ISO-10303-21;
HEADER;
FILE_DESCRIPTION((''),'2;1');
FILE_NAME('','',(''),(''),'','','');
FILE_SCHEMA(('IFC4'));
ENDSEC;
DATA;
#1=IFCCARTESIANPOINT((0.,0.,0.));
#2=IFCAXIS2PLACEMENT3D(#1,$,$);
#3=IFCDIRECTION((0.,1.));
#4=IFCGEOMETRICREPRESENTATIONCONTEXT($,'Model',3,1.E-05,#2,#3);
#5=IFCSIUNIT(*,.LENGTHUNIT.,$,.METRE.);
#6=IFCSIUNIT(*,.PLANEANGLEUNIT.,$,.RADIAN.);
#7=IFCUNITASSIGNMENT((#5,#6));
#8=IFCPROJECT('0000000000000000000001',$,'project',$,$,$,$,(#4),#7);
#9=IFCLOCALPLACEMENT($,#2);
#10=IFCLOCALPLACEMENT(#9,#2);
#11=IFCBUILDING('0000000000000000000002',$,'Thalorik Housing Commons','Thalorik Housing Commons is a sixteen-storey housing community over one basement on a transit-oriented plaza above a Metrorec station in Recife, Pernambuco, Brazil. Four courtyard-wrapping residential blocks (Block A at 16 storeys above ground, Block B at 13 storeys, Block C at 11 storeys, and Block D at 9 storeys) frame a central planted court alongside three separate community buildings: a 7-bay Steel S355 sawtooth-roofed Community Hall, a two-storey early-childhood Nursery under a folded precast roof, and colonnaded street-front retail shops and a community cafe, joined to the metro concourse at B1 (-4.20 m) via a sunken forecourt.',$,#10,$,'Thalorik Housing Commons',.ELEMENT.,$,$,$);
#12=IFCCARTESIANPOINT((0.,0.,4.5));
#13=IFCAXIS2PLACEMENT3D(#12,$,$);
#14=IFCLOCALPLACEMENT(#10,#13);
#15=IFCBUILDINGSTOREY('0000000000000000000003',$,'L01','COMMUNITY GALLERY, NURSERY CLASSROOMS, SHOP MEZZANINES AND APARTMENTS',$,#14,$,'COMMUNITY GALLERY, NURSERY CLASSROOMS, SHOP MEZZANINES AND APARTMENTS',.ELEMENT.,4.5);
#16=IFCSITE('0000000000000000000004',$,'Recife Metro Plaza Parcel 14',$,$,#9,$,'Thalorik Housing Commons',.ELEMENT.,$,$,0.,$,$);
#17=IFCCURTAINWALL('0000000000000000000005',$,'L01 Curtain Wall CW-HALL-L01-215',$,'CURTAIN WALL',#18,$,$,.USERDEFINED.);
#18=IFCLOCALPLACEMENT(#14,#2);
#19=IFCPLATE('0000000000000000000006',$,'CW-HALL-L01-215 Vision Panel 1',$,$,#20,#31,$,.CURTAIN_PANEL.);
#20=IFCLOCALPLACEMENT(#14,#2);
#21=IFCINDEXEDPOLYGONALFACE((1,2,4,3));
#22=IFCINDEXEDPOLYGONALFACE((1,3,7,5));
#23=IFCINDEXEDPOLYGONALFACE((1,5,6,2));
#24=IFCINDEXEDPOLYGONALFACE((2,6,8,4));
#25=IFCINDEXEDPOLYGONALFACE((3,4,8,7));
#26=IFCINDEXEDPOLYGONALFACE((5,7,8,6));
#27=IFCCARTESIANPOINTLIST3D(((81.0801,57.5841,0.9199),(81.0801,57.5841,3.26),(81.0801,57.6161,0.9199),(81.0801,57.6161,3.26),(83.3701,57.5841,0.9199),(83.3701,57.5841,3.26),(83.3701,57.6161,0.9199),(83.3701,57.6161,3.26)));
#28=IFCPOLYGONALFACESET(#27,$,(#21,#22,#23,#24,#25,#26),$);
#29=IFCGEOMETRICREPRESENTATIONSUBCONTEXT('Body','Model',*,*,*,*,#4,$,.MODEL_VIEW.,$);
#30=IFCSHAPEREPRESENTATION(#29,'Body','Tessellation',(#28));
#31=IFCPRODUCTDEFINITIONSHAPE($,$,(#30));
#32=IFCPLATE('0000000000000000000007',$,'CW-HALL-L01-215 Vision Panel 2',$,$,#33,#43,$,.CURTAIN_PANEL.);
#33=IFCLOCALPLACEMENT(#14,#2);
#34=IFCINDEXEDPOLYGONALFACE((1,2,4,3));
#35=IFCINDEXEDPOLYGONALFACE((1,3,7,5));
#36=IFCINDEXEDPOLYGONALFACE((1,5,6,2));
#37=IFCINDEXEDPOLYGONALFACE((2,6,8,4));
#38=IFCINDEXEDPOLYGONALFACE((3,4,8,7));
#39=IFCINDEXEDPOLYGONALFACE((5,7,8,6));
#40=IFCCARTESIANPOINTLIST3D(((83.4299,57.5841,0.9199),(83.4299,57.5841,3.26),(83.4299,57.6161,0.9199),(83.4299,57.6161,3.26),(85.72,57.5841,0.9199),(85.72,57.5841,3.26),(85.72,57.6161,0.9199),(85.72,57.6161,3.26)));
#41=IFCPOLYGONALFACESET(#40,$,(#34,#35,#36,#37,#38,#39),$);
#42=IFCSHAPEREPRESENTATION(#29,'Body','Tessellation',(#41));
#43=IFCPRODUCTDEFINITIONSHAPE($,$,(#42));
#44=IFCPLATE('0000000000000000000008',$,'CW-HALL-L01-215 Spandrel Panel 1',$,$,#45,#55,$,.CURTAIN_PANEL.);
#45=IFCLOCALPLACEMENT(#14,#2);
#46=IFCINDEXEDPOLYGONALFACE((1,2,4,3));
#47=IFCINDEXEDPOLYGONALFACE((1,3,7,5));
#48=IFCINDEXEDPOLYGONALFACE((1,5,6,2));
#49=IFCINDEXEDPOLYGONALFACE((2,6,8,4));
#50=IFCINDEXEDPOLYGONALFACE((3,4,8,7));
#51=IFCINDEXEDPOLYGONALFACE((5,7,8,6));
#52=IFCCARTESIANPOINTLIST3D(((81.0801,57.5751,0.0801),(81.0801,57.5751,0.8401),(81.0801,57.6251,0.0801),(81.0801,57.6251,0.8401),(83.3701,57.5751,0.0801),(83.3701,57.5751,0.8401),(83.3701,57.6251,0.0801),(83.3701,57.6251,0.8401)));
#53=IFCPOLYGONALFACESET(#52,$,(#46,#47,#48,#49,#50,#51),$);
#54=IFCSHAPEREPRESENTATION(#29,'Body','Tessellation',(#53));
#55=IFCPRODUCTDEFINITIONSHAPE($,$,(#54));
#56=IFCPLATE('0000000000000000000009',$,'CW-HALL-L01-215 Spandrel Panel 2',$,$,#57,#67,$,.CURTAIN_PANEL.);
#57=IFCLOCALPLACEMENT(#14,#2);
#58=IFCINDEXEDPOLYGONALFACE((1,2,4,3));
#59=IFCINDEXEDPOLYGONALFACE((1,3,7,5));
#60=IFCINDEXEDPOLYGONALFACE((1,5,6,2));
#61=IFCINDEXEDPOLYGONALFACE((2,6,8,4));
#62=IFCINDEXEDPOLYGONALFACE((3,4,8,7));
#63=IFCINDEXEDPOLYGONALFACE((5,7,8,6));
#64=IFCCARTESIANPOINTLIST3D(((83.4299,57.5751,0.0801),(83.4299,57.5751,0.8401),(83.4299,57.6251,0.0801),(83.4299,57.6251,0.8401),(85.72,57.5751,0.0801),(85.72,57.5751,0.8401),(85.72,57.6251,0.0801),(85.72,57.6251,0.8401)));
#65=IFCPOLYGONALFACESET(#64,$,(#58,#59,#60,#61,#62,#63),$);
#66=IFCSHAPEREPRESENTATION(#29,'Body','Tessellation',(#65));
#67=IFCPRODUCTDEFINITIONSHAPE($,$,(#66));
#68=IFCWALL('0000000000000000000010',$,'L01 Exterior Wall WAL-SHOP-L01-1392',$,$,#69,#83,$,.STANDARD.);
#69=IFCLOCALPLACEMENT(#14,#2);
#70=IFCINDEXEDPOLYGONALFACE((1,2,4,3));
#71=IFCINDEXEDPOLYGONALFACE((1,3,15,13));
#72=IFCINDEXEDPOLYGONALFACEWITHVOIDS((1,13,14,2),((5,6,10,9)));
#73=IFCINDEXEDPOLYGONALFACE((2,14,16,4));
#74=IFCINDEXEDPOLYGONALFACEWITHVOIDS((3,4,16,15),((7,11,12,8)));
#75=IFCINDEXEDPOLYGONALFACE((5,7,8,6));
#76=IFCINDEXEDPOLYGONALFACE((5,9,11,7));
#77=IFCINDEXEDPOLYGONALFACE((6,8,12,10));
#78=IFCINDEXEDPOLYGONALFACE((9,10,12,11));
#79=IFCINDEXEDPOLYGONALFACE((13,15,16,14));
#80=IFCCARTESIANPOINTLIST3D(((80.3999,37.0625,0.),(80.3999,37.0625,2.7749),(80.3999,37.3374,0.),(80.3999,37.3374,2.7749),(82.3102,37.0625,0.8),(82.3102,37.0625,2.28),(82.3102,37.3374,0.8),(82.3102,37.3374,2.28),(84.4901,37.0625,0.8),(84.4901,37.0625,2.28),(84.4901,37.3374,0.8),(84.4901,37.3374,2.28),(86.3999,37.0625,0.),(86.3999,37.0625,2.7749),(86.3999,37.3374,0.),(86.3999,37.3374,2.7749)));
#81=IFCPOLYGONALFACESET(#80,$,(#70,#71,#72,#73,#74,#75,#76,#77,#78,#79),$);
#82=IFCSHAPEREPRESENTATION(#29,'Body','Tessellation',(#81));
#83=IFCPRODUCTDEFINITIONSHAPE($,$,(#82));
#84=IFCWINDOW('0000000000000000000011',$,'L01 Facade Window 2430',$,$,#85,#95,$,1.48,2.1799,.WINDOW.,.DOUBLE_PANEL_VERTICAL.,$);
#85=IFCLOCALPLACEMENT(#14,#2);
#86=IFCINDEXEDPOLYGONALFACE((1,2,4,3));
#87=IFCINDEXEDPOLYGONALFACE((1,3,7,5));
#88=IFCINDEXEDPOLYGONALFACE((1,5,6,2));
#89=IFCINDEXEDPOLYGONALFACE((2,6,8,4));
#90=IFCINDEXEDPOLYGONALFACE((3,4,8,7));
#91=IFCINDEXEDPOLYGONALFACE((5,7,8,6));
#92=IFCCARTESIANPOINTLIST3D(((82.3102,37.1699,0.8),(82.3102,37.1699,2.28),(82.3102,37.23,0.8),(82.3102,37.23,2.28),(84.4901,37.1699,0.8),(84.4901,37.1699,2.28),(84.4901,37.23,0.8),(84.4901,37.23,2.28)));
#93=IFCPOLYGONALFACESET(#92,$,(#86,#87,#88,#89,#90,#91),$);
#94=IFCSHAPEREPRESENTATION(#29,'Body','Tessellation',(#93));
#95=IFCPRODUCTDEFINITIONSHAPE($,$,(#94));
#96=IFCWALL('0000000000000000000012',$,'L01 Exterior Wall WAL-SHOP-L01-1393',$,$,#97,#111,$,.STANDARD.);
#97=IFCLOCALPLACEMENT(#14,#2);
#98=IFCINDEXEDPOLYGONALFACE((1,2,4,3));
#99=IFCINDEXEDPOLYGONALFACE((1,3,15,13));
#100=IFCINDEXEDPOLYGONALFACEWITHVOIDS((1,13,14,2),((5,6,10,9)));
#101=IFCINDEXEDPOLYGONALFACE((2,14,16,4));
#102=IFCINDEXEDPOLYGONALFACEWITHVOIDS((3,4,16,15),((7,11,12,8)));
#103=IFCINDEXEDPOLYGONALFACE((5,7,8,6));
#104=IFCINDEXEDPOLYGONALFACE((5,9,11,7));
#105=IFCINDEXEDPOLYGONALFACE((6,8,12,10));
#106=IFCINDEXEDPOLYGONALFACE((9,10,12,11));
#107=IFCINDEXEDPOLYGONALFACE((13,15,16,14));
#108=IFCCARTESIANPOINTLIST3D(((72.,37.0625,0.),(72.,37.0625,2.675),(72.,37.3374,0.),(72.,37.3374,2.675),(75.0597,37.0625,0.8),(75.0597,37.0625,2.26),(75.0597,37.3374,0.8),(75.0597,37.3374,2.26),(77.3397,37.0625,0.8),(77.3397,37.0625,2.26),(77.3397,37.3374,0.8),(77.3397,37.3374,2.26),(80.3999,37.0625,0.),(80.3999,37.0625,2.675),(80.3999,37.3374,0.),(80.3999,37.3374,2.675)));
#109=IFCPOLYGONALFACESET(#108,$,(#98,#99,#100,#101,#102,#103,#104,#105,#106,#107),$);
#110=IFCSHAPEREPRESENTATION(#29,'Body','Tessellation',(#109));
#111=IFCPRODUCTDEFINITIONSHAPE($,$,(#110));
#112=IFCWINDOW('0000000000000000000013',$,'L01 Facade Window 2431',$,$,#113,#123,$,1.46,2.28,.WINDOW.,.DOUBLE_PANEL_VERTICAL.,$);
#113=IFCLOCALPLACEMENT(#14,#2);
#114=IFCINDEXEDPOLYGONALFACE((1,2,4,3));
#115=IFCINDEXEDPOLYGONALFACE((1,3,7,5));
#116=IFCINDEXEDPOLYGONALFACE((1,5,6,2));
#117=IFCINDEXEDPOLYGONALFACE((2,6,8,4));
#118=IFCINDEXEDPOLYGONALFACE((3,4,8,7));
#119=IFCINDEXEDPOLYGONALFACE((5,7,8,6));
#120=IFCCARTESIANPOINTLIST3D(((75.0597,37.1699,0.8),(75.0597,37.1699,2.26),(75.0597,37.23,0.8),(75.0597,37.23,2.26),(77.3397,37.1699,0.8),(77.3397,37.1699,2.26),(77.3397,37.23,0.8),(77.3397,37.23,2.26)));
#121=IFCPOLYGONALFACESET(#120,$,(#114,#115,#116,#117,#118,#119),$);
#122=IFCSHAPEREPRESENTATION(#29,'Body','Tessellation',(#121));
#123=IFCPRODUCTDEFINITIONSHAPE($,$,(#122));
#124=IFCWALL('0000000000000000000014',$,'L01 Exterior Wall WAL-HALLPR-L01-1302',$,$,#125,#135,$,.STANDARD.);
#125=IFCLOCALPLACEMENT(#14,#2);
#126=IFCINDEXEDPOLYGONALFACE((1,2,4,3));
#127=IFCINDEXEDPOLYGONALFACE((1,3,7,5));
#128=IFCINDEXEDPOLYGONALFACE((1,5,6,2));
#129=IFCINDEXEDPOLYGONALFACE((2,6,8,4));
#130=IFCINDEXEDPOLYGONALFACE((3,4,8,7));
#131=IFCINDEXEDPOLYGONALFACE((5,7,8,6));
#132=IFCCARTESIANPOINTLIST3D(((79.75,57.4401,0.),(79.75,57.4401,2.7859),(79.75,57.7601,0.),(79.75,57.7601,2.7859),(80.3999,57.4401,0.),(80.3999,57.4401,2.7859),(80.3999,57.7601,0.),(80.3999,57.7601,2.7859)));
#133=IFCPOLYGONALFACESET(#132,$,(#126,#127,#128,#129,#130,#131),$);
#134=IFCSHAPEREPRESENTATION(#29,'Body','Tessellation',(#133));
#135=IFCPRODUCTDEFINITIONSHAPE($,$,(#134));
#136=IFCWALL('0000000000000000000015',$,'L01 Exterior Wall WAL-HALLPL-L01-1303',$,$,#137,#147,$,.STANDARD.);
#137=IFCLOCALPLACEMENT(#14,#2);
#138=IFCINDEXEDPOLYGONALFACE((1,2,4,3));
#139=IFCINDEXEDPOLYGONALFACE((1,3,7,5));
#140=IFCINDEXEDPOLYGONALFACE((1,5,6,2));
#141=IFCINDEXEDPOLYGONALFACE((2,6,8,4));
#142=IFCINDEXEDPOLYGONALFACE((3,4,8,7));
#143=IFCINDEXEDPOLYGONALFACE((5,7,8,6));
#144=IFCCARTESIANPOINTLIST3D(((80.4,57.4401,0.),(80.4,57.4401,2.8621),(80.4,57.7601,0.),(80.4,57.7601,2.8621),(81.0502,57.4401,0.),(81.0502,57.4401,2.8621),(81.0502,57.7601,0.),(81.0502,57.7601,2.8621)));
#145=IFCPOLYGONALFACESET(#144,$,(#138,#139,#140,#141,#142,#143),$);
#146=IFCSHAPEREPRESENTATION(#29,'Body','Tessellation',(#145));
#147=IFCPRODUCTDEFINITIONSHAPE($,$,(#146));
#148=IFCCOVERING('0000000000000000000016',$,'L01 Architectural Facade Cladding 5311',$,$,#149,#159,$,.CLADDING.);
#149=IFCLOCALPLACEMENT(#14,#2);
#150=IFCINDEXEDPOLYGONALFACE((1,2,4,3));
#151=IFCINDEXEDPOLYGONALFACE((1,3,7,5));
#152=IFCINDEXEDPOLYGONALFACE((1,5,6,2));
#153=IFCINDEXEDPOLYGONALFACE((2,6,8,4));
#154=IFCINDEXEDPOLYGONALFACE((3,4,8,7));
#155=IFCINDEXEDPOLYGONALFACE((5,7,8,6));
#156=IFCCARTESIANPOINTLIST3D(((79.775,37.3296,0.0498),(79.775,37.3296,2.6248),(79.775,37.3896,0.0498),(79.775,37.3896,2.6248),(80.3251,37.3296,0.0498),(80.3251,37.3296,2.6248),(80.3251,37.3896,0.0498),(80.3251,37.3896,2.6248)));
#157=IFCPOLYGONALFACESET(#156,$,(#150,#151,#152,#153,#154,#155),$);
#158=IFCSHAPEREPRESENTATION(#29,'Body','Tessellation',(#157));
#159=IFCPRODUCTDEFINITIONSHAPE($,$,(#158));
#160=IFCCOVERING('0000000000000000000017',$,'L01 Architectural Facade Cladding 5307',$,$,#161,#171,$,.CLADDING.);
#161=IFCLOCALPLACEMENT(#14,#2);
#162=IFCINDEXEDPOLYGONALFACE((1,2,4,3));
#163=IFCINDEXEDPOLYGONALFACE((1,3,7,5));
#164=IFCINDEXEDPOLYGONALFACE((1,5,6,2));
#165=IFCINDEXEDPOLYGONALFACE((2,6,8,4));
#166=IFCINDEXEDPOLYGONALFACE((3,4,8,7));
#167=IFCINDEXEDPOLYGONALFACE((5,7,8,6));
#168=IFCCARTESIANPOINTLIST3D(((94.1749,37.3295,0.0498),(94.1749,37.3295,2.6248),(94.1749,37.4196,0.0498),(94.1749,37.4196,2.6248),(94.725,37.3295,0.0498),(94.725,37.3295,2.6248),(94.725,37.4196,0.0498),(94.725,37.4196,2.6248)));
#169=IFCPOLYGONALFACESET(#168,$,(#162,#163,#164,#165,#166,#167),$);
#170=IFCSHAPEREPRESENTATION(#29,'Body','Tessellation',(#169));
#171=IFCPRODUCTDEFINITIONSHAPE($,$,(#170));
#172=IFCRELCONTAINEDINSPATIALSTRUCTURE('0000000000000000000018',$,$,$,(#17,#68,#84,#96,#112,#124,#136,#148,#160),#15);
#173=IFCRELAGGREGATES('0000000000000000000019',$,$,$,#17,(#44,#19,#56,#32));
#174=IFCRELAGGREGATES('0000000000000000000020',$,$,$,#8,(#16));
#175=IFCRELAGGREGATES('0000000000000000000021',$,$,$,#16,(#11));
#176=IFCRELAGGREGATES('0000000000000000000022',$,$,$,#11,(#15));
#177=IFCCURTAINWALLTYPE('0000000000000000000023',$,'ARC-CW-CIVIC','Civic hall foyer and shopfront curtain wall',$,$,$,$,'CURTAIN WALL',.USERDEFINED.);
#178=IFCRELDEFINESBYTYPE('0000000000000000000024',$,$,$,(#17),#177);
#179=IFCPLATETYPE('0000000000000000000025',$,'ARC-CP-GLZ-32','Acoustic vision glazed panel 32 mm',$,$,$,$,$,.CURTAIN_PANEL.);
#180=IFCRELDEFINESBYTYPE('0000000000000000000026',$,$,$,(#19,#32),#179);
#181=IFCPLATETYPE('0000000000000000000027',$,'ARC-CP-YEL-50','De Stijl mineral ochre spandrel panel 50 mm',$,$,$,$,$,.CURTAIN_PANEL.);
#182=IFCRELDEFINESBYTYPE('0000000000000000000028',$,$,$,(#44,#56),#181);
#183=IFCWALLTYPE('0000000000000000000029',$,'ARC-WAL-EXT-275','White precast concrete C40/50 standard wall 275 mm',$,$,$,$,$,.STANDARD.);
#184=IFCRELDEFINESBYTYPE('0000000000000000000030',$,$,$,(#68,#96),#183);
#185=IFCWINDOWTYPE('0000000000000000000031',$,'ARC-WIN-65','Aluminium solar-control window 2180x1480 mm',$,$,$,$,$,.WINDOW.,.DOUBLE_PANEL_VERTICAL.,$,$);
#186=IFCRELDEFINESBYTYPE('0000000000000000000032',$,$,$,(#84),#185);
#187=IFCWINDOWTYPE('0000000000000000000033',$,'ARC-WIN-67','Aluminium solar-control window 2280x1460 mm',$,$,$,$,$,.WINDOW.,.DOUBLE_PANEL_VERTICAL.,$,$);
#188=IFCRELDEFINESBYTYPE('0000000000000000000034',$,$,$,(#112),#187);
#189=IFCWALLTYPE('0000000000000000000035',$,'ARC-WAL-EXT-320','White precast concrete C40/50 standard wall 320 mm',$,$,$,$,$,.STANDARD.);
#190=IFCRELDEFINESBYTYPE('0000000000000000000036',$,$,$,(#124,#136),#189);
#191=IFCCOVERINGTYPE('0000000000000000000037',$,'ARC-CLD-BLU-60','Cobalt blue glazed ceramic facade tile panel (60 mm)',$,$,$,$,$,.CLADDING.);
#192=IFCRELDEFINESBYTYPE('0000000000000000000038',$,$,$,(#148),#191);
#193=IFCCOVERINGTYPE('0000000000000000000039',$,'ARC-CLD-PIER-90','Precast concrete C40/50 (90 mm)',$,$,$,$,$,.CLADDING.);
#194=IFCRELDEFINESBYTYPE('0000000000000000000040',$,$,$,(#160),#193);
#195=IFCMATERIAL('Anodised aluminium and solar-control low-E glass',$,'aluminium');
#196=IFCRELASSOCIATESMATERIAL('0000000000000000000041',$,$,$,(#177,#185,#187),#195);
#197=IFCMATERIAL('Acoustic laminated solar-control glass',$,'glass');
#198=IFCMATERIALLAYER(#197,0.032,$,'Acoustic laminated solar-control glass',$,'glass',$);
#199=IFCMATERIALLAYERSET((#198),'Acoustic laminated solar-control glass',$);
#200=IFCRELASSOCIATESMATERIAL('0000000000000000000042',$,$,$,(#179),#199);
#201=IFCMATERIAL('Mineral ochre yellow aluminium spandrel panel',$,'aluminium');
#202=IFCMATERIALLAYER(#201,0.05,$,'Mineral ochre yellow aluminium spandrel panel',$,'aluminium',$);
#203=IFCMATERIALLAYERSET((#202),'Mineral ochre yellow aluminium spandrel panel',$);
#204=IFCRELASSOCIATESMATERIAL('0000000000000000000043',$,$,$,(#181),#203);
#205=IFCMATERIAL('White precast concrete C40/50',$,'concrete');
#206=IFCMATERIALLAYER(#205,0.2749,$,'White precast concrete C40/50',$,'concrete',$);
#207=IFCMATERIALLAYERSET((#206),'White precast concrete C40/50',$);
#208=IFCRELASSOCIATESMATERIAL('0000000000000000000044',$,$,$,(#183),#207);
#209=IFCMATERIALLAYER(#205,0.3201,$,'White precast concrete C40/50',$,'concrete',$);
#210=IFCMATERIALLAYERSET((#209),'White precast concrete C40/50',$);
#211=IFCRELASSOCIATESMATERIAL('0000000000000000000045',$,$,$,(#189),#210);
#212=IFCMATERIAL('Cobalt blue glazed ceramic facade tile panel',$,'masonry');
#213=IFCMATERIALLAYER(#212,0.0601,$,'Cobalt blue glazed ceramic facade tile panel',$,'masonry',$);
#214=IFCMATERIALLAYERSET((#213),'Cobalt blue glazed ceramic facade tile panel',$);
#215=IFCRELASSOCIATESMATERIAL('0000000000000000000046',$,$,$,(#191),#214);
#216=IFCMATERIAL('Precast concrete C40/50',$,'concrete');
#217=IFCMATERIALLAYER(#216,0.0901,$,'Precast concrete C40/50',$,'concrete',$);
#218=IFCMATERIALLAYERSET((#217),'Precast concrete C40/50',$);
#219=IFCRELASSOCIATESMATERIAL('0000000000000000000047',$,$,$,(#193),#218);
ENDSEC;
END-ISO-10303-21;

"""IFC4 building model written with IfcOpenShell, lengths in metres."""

from ifc_helpers import new_model, si_unit, direction, frame, frame_2d, origin, origin_2d, place, context, subcontext, project, spatial, rectangle, extrude, material, layer, layer_set, type_object, element, fill, aggregate, save


model = new_model("IFC4")

# Units and contexts
model_context = context("Model", 3, precision=1e-05, world=origin(), true_north=direction((0.0, 1.0)))
body_context = subcontext(model_context, "Body", "Model", "MODEL_VIEW")
ifc_project = project(units=[si_unit("LENGTHUNIT", "METRE"), si_unit("PLANEANGLEUNIT", "RADIAN")], contexts=[model_context])

# Site, building, storey
site_placement = place(None, origin())
site = spatial("IfcSite", under=ifc_project, at=site_placement, Name="Recife Metro Plaza Parcel 14", LongName="Thalorik Housing Commons", CompositionType="ELEMENT", RefElevation=0.0)
building_placement = place(site_placement, origin())
building = spatial("IfcBuilding", under=site, at=building_placement, Name="Thalorik Housing Commons", Description="Thalorik Housing Commons is a sixteen-storey housing community over one basement on a transit-oriented plaza above a Metrorec station in Recife, Pernambuco, Brazil. Four courtyard-wrapping residential blocks (Block A at 16 storeys above ground, Block B at 13 storeys, Block C at 11 storeys, and Block D at 9 storeys) frame a central planted court alongside three separate community buildings: a 7-bay Steel S355 sawtooth-roofed Community Hall, a two-storey early-childhood Nursery under a folded precast roof, and colonnaded street-front retail shops and a community cafe, joined to the metro concourse at B1 (-4.20 m) via a sunken forecourt.", LongName="Thalorik Housing Commons", CompositionType="ELEMENT")
storey_placement = place(building_placement, frame((0.0, 0.0, 4.5)))
storey = spatial("IfcBuildingStorey", under=building, at=storey_placement, Name="L01", Description="COMMUNITY GALLERY, NURSERY CLASSROOMS, SHOP MEZZANINES AND APARTMENTS", LongName="COMMUNITY GALLERY, NURSERY CLASSROOMS, SHOP MEZZANINES AND APARTMENTS", CompositionType="ELEMENT", Elevation=4.5)

# Shared definitions
ifc_material_1 = material(Name="Precast concrete C40/50", Category="concrete")

# Curtain wall
ifc_material_2 = material(Name="Anodised aluminium and solar-control low-E glass", Category="aluminium")
curtain_wall_type = type_object("IfcCurtainWallType", Name="ARC-CW-CIVIC", Description="Civic hall foyer and shopfront curtain wall", ElementType="CURTAIN WALL", PredefinedType="USERDEFINED", material=ifc_material_2)
curtain_wall_1_placement = place(storey_placement, origin())
curtain_wall_1 = element("IfcCurtainWall", 1, at=curtain_wall_1_placement, inside=storey, type_object=curtain_wall_type, Name="L01 Curtain Wall CW-HALL-L01-215", ObjectType="CURTAIN WALL", PredefinedType="USERDEFINED")

# Plates
ifc_material_3 = material(Name="Acoustic laminated solar-control glass", Category="glass")
ifc_layer_1 = layer(ifc_material_3, 0.032, Name="Acoustic laminated solar-control glass", Category="glass")
ifc_layer_set_1 = layer_set([ifc_layer_1], Name="Acoustic laminated solar-control glass")
plate_type_1 = type_object("IfcPlateType", Name="ARC-CP-GLZ-32", Description="Acoustic vision glazed panel 32 mm", PredefinedType="CURTAIN_PANEL", material=ifc_layer_set_1)
plate_1_placement = place(storey_placement, frame((82.2251, 57.6001, 0.9199), z_axis=(0.0, 0.0, 1.0), x_axis=(1.0, 0.0, 0.0)))
plate_1 = element("IfcPlate", 2, at=plate_1_placement, type_object=plate_type_1, Name="CW-HALL-L01-215 Vision Panel 1", PredefinedType="CURTAIN_PANEL", context=body_context, shape_type="SweptSolid", body=[
    extrude(rectangle(XDim=2.29, YDim=0.032, at=origin_2d()), origin(), (0.0, 0.0, 1.0), 2.3401),
])
plate_2_placement = place(storey_placement, frame((84.575, 57.6001, 0.9199), z_axis=(0.0, 0.0, 1.0), x_axis=(1.0, 0.0, 0.0)))
plate_2 = element("IfcPlate", 3, at=plate_2_placement, type_object=plate_type_1, Name="CW-HALL-L01-215 Vision Panel 2", PredefinedType="CURTAIN_PANEL", context=body_context, shape_type="SweptSolid", body=[
    extrude(rectangle(XDim=2.29, YDim=0.032, at=origin_2d()), origin(), (0.0, 0.0, 1.0), 2.3401),
])
ifc_material_4 = material(Name="Mineral ochre yellow aluminium spandrel panel", Category="aluminium")
ifc_layer_2 = layer(ifc_material_4, 0.05, Name="Mineral ochre yellow aluminium spandrel panel", Category="aluminium")
ifc_layer_set_2 = layer_set([ifc_layer_2], Name="Mineral ochre yellow aluminium spandrel panel")
plate_type_2 = type_object("IfcPlateType", Name="ARC-CP-YEL-50", Description="De Stijl mineral ochre spandrel panel 50 mm", PredefinedType="CURTAIN_PANEL", material=ifc_layer_set_2)
plate_3_placement = place(storey_placement, frame((82.2251, 57.6001, 0.0801), z_axis=(0.0, 0.0, 1.0), x_axis=(1.0, 0.0, 0.0)))
plate_3 = element("IfcPlate", 4, at=plate_3_placement, type_object=plate_type_2, Name="CW-HALL-L01-215 Spandrel Panel 1", PredefinedType="CURTAIN_PANEL", context=body_context, shape_type="SweptSolid", body=[
    extrude(rectangle(XDim=2.29, YDim=0.05, at=origin_2d()), origin(), (0.0, 0.0, 1.0), 0.76),
])
plate_4_placement = place(storey_placement, frame((84.575, 57.6001, 0.0801), z_axis=(0.0, 0.0, 1.0), x_axis=(1.0, 0.0, 0.0)))
plate_4 = element("IfcPlate", 5, at=plate_4_placement, type_object=plate_type_2, Name="CW-HALL-L01-215 Spandrel Panel 2", PredefinedType="CURTAIN_PANEL", context=body_context, shape_type="SweptSolid", body=[
    extrude(rectangle(XDim=2.29, YDim=0.05, at=origin_2d()), origin(), (0.0, 0.0, 1.0), 0.76),
])
aggregate(curtain_wall_1, [plate_3, plate_1, plate_4, plate_2])

# Walls, openings, windows
ifc_material_5 = material(Name="White precast concrete C40/50", Category="concrete")
ifc_layer_3 = layer(ifc_material_5, 0.2749, Name="White precast concrete C40/50", Category="concrete")
ifc_layer_set_3 = layer_set([ifc_layer_3], Name="White precast concrete C40/50")
wall_type_1 = type_object("IfcWallType", Name="ARC-WAL-EXT-275", Description="White precast concrete C40/50 standard wall 275 mm", PredefinedType="STANDARD", material=ifc_layer_set_3)
wall_1_placement = place(storey_placement, frame((86.3999, 37.2, 0.0), z_axis=(0.0, 0.0, 1.0), x_axis=(-1.0, 0.0, 0.0)))
wall_1 = element("IfcWall", 6, at=wall_1_placement, inside=storey, type_object=wall_type_1, Name="L01 Exterior Wall WAL-SHOP-L01-1392", PredefinedType="STANDARD", context=body_context, shape_type="SweptSolid", body=[
    extrude(rectangle(XDim=6.0, YDim=0.2749, at=frame_2d((3.0, 0.0))), origin(), (0.0, 0.0, 1.0), 2.7749),
])
opening_1_placement = place(wall_1_placement, frame((1.9099, 0.0, 0.8)))
opening_1 = element("IfcOpeningElement", 7, at=opening_1_placement, cuts=wall_1, PredefinedType="OPENING", context=body_context, shape_type="SweptSolid", body=[
    extrude(rectangle(XDim=2.1799, YDim=1.48, at=frame_2d((1.0898, 0.74))), frame((0.0, 0.1475, 0.0), z_axis=(0.0, -1.0, 0.0), x_axis=(1.0, 0.0, 0.0)), (0.0, 0.0, 1.0), 0.2949),
])
window_type_1 = type_object("IfcWindowType", Name="ARC-WIN-65", Description="Aluminium solar-control window 2180x1480 mm", PartitioningType="DOUBLE_PANEL_VERTICAL", PredefinedType="WINDOW", material=ifc_material_2)
window_1_placement = place(opening_1_placement, origin())
window_1 = element("IfcWindow", 8, at=window_1_placement, inside=storey, type_object=window_type_1, Name="L01 Facade Window 2430", OverallHeight=1.48, OverallWidth=2.1799, PartitioningType="DOUBLE_PANEL_VERTICAL", PredefinedType="WINDOW", context=body_context, shape_type="SweptSolid", body=[
    extrude(rectangle(XDim=2.1799, YDim=1.48, at=frame_2d((1.0898, 0.74))), frame((0.0, 0.03, 0.0), z_axis=(0.0, -1.0, 0.0), x_axis=(1.0, 0.0, 0.0)), (0.0, 0.0, 1.0), 0.0601),
])
fill(opening_1, window_1)
wall_2_placement = place(storey_placement, frame((80.3999, 37.2, 0.0), z_axis=(0.0, 0.0, 1.0), x_axis=(-1.0, 0.0, 0.0)))
wall_2 = element("IfcWall", 9, at=wall_2_placement, inside=storey, type_object=wall_type_1, Name="L01 Exterior Wall WAL-SHOP-L01-1393", PredefinedType="STANDARD", context=body_context, shape_type="SweptSolid", body=[
    extrude(rectangle(XDim=8.3999, YDim=0.2749, at=frame_2d((4.2, 0.0))), origin(), (0.0, 0.0, 1.0), 2.675),
])
opening_2_placement = place(wall_2_placement, frame((3.0601, 0.0, 0.8)))
opening_2 = element("IfcOpeningElement", 10, at=opening_2_placement, cuts=wall_2, PredefinedType="OPENING", context=body_context, shape_type="SweptSolid", body=[
    extrude(rectangle(XDim=2.28, YDim=1.46, at=frame_2d((1.1401, 0.73))), frame((0.0, 0.1475, 0.0), z_axis=(0.0, -1.0, 0.0), x_axis=(1.0, 0.0, 0.0)), (0.0, 0.0, 1.0), 0.2949),
])
window_type_2 = type_object("IfcWindowType", Name="ARC-WIN-67", Description="Aluminium solar-control window 2280x1460 mm", PartitioningType="DOUBLE_PANEL_VERTICAL", PredefinedType="WINDOW", material=ifc_material_2)
window_2_placement = place(opening_2_placement, origin())
window_2 = element("IfcWindow", 11, at=window_2_placement, inside=storey, type_object=window_type_2, Name="L01 Facade Window 2431", OverallHeight=1.46, OverallWidth=2.28, PartitioningType="DOUBLE_PANEL_VERTICAL", PredefinedType="WINDOW", context=body_context, shape_type="SweptSolid", body=[
    extrude(rectangle(XDim=2.28, YDim=1.46, at=frame_2d((1.1401, 0.73))), frame((0.0, 0.03, 0.0), z_axis=(0.0, -1.0, 0.0), x_axis=(1.0, 0.0, 0.0)), (0.0, 0.0, 1.0), 0.0601),
])
fill(opening_2, window_2)

# Walls
ifc_layer_4 = layer(ifc_material_5, 0.3201, Name="White precast concrete C40/50", Category="concrete")
ifc_layer_set_4 = layer_set([ifc_layer_4], Name="White precast concrete C40/50")
wall_type_2 = type_object("IfcWallType", Name="ARC-WAL-EXT-320", Description="White precast concrete C40/50 standard wall 320 mm", PredefinedType="STANDARD", material=ifc_layer_set_4)
wall_3_placement = place(storey_placement, frame((79.75, 57.6001, 0.0), z_axis=(0.0, 0.0, 1.0), x_axis=(1.0, 0.0, 0.0)))
element("IfcWall", 12, at=wall_3_placement, inside=storey, type_object=wall_type_2, Name="L01 Exterior Wall WAL-HALLPR-L01-1302", PredefinedType="STANDARD", context=body_context, shape_type="SweptSolid", body=[
    extrude(rectangle(XDim=0.6499, YDim=0.3201, at=frame_2d((0.325, 0.0))), origin(), (0.0, 0.0, 1.0), 2.7859),
])
wall_4_placement = place(storey_placement, frame((80.3999, 57.6001, 0.0), z_axis=(0.0, 0.0, 1.0), x_axis=(1.0, 0.0, 0.0)))
element("IfcWall", 13, at=wall_4_placement, inside=storey, type_object=wall_type_2, Name="L01 Exterior Wall WAL-HALLPL-L01-1303", PredefinedType="STANDARD", context=body_context, shape_type="SweptSolid", body=[
    extrude(rectangle(XDim=0.6501, YDim=0.3201, at=frame_2d((0.3252, 0.0))), origin(), (0.0, 0.0, 1.0), 2.8621),
])

# Coverings
ifc_material_6 = material(Name="Cobalt blue glazed ceramic facade tile panel", Category="masonry")
ifc_layer_5 = layer(ifc_material_6, 0.0601, Name="Cobalt blue glazed ceramic facade tile panel", Category="masonry")
ifc_layer_set_5 = layer_set([ifc_layer_5], Name="Cobalt blue glazed ceramic facade tile panel")
covering_type_1 = type_object("IfcCoveringType", Name="ARC-CLD-BLU-60", Description="Cobalt blue glazed ceramic facade tile panel (60 mm)", PredefinedType="CLADDING", material=ifc_layer_set_5)
covering_placement = place(storey_placement, frame((80.05, 37.3596, 0.0498), z_axis=(0.0, 0.0, 1.0), x_axis=(-1.0, 0.0, 0.0)))
element("IfcCovering", 14, at=covering_placement, inside=storey, type_object=covering_type_1, Name="L01 Architectural Facade Cladding 5311", PredefinedType="CLADDING", context=body_context, shape_type="SweptSolid", body=[
    extrude(rectangle(XDim=0.55, YDim=0.0601, at=origin_2d()), origin(), (0.0, 0.0, 1.0), 2.575),
])
ifc_layer_6 = layer(ifc_material_1, 0.0901, Name="Precast concrete C40/50", Category="concrete")
ifc_layer_set_6 = layer_set([ifc_layer_6], Name="Precast concrete C40/50")
covering_type_2 = type_object("IfcCoveringType", Name="ARC-CLD-PIER-90", Description="Precast concrete C40/50 (90 mm)", PredefinedType="CLADDING", material=ifc_layer_set_6)
for number, where, z_axis, x_axis, name in (
    (15, (94.45, 37.3745, 0.0498), (0.0, 0.0, 1.0), (-1.0, 0.0, 0.0), "L01 Architectural Facade Cladding 5307"),
):
    element("IfcCovering", number, at=place(storey_placement, frame(where, z_axis=z_axis, x_axis=x_axis)), inside=storey, type_object=covering_type_2, Name=name, PredefinedType="CLADDING", context=body_context, shape_type="SweptSolid", body=[
        extrude(rectangle(XDim=0.55, YDim=0.0901, at=origin_2d()), origin(), (0.0, 0.0, 1.0), 2.575),
    ])

save(model, "model.ifc")
